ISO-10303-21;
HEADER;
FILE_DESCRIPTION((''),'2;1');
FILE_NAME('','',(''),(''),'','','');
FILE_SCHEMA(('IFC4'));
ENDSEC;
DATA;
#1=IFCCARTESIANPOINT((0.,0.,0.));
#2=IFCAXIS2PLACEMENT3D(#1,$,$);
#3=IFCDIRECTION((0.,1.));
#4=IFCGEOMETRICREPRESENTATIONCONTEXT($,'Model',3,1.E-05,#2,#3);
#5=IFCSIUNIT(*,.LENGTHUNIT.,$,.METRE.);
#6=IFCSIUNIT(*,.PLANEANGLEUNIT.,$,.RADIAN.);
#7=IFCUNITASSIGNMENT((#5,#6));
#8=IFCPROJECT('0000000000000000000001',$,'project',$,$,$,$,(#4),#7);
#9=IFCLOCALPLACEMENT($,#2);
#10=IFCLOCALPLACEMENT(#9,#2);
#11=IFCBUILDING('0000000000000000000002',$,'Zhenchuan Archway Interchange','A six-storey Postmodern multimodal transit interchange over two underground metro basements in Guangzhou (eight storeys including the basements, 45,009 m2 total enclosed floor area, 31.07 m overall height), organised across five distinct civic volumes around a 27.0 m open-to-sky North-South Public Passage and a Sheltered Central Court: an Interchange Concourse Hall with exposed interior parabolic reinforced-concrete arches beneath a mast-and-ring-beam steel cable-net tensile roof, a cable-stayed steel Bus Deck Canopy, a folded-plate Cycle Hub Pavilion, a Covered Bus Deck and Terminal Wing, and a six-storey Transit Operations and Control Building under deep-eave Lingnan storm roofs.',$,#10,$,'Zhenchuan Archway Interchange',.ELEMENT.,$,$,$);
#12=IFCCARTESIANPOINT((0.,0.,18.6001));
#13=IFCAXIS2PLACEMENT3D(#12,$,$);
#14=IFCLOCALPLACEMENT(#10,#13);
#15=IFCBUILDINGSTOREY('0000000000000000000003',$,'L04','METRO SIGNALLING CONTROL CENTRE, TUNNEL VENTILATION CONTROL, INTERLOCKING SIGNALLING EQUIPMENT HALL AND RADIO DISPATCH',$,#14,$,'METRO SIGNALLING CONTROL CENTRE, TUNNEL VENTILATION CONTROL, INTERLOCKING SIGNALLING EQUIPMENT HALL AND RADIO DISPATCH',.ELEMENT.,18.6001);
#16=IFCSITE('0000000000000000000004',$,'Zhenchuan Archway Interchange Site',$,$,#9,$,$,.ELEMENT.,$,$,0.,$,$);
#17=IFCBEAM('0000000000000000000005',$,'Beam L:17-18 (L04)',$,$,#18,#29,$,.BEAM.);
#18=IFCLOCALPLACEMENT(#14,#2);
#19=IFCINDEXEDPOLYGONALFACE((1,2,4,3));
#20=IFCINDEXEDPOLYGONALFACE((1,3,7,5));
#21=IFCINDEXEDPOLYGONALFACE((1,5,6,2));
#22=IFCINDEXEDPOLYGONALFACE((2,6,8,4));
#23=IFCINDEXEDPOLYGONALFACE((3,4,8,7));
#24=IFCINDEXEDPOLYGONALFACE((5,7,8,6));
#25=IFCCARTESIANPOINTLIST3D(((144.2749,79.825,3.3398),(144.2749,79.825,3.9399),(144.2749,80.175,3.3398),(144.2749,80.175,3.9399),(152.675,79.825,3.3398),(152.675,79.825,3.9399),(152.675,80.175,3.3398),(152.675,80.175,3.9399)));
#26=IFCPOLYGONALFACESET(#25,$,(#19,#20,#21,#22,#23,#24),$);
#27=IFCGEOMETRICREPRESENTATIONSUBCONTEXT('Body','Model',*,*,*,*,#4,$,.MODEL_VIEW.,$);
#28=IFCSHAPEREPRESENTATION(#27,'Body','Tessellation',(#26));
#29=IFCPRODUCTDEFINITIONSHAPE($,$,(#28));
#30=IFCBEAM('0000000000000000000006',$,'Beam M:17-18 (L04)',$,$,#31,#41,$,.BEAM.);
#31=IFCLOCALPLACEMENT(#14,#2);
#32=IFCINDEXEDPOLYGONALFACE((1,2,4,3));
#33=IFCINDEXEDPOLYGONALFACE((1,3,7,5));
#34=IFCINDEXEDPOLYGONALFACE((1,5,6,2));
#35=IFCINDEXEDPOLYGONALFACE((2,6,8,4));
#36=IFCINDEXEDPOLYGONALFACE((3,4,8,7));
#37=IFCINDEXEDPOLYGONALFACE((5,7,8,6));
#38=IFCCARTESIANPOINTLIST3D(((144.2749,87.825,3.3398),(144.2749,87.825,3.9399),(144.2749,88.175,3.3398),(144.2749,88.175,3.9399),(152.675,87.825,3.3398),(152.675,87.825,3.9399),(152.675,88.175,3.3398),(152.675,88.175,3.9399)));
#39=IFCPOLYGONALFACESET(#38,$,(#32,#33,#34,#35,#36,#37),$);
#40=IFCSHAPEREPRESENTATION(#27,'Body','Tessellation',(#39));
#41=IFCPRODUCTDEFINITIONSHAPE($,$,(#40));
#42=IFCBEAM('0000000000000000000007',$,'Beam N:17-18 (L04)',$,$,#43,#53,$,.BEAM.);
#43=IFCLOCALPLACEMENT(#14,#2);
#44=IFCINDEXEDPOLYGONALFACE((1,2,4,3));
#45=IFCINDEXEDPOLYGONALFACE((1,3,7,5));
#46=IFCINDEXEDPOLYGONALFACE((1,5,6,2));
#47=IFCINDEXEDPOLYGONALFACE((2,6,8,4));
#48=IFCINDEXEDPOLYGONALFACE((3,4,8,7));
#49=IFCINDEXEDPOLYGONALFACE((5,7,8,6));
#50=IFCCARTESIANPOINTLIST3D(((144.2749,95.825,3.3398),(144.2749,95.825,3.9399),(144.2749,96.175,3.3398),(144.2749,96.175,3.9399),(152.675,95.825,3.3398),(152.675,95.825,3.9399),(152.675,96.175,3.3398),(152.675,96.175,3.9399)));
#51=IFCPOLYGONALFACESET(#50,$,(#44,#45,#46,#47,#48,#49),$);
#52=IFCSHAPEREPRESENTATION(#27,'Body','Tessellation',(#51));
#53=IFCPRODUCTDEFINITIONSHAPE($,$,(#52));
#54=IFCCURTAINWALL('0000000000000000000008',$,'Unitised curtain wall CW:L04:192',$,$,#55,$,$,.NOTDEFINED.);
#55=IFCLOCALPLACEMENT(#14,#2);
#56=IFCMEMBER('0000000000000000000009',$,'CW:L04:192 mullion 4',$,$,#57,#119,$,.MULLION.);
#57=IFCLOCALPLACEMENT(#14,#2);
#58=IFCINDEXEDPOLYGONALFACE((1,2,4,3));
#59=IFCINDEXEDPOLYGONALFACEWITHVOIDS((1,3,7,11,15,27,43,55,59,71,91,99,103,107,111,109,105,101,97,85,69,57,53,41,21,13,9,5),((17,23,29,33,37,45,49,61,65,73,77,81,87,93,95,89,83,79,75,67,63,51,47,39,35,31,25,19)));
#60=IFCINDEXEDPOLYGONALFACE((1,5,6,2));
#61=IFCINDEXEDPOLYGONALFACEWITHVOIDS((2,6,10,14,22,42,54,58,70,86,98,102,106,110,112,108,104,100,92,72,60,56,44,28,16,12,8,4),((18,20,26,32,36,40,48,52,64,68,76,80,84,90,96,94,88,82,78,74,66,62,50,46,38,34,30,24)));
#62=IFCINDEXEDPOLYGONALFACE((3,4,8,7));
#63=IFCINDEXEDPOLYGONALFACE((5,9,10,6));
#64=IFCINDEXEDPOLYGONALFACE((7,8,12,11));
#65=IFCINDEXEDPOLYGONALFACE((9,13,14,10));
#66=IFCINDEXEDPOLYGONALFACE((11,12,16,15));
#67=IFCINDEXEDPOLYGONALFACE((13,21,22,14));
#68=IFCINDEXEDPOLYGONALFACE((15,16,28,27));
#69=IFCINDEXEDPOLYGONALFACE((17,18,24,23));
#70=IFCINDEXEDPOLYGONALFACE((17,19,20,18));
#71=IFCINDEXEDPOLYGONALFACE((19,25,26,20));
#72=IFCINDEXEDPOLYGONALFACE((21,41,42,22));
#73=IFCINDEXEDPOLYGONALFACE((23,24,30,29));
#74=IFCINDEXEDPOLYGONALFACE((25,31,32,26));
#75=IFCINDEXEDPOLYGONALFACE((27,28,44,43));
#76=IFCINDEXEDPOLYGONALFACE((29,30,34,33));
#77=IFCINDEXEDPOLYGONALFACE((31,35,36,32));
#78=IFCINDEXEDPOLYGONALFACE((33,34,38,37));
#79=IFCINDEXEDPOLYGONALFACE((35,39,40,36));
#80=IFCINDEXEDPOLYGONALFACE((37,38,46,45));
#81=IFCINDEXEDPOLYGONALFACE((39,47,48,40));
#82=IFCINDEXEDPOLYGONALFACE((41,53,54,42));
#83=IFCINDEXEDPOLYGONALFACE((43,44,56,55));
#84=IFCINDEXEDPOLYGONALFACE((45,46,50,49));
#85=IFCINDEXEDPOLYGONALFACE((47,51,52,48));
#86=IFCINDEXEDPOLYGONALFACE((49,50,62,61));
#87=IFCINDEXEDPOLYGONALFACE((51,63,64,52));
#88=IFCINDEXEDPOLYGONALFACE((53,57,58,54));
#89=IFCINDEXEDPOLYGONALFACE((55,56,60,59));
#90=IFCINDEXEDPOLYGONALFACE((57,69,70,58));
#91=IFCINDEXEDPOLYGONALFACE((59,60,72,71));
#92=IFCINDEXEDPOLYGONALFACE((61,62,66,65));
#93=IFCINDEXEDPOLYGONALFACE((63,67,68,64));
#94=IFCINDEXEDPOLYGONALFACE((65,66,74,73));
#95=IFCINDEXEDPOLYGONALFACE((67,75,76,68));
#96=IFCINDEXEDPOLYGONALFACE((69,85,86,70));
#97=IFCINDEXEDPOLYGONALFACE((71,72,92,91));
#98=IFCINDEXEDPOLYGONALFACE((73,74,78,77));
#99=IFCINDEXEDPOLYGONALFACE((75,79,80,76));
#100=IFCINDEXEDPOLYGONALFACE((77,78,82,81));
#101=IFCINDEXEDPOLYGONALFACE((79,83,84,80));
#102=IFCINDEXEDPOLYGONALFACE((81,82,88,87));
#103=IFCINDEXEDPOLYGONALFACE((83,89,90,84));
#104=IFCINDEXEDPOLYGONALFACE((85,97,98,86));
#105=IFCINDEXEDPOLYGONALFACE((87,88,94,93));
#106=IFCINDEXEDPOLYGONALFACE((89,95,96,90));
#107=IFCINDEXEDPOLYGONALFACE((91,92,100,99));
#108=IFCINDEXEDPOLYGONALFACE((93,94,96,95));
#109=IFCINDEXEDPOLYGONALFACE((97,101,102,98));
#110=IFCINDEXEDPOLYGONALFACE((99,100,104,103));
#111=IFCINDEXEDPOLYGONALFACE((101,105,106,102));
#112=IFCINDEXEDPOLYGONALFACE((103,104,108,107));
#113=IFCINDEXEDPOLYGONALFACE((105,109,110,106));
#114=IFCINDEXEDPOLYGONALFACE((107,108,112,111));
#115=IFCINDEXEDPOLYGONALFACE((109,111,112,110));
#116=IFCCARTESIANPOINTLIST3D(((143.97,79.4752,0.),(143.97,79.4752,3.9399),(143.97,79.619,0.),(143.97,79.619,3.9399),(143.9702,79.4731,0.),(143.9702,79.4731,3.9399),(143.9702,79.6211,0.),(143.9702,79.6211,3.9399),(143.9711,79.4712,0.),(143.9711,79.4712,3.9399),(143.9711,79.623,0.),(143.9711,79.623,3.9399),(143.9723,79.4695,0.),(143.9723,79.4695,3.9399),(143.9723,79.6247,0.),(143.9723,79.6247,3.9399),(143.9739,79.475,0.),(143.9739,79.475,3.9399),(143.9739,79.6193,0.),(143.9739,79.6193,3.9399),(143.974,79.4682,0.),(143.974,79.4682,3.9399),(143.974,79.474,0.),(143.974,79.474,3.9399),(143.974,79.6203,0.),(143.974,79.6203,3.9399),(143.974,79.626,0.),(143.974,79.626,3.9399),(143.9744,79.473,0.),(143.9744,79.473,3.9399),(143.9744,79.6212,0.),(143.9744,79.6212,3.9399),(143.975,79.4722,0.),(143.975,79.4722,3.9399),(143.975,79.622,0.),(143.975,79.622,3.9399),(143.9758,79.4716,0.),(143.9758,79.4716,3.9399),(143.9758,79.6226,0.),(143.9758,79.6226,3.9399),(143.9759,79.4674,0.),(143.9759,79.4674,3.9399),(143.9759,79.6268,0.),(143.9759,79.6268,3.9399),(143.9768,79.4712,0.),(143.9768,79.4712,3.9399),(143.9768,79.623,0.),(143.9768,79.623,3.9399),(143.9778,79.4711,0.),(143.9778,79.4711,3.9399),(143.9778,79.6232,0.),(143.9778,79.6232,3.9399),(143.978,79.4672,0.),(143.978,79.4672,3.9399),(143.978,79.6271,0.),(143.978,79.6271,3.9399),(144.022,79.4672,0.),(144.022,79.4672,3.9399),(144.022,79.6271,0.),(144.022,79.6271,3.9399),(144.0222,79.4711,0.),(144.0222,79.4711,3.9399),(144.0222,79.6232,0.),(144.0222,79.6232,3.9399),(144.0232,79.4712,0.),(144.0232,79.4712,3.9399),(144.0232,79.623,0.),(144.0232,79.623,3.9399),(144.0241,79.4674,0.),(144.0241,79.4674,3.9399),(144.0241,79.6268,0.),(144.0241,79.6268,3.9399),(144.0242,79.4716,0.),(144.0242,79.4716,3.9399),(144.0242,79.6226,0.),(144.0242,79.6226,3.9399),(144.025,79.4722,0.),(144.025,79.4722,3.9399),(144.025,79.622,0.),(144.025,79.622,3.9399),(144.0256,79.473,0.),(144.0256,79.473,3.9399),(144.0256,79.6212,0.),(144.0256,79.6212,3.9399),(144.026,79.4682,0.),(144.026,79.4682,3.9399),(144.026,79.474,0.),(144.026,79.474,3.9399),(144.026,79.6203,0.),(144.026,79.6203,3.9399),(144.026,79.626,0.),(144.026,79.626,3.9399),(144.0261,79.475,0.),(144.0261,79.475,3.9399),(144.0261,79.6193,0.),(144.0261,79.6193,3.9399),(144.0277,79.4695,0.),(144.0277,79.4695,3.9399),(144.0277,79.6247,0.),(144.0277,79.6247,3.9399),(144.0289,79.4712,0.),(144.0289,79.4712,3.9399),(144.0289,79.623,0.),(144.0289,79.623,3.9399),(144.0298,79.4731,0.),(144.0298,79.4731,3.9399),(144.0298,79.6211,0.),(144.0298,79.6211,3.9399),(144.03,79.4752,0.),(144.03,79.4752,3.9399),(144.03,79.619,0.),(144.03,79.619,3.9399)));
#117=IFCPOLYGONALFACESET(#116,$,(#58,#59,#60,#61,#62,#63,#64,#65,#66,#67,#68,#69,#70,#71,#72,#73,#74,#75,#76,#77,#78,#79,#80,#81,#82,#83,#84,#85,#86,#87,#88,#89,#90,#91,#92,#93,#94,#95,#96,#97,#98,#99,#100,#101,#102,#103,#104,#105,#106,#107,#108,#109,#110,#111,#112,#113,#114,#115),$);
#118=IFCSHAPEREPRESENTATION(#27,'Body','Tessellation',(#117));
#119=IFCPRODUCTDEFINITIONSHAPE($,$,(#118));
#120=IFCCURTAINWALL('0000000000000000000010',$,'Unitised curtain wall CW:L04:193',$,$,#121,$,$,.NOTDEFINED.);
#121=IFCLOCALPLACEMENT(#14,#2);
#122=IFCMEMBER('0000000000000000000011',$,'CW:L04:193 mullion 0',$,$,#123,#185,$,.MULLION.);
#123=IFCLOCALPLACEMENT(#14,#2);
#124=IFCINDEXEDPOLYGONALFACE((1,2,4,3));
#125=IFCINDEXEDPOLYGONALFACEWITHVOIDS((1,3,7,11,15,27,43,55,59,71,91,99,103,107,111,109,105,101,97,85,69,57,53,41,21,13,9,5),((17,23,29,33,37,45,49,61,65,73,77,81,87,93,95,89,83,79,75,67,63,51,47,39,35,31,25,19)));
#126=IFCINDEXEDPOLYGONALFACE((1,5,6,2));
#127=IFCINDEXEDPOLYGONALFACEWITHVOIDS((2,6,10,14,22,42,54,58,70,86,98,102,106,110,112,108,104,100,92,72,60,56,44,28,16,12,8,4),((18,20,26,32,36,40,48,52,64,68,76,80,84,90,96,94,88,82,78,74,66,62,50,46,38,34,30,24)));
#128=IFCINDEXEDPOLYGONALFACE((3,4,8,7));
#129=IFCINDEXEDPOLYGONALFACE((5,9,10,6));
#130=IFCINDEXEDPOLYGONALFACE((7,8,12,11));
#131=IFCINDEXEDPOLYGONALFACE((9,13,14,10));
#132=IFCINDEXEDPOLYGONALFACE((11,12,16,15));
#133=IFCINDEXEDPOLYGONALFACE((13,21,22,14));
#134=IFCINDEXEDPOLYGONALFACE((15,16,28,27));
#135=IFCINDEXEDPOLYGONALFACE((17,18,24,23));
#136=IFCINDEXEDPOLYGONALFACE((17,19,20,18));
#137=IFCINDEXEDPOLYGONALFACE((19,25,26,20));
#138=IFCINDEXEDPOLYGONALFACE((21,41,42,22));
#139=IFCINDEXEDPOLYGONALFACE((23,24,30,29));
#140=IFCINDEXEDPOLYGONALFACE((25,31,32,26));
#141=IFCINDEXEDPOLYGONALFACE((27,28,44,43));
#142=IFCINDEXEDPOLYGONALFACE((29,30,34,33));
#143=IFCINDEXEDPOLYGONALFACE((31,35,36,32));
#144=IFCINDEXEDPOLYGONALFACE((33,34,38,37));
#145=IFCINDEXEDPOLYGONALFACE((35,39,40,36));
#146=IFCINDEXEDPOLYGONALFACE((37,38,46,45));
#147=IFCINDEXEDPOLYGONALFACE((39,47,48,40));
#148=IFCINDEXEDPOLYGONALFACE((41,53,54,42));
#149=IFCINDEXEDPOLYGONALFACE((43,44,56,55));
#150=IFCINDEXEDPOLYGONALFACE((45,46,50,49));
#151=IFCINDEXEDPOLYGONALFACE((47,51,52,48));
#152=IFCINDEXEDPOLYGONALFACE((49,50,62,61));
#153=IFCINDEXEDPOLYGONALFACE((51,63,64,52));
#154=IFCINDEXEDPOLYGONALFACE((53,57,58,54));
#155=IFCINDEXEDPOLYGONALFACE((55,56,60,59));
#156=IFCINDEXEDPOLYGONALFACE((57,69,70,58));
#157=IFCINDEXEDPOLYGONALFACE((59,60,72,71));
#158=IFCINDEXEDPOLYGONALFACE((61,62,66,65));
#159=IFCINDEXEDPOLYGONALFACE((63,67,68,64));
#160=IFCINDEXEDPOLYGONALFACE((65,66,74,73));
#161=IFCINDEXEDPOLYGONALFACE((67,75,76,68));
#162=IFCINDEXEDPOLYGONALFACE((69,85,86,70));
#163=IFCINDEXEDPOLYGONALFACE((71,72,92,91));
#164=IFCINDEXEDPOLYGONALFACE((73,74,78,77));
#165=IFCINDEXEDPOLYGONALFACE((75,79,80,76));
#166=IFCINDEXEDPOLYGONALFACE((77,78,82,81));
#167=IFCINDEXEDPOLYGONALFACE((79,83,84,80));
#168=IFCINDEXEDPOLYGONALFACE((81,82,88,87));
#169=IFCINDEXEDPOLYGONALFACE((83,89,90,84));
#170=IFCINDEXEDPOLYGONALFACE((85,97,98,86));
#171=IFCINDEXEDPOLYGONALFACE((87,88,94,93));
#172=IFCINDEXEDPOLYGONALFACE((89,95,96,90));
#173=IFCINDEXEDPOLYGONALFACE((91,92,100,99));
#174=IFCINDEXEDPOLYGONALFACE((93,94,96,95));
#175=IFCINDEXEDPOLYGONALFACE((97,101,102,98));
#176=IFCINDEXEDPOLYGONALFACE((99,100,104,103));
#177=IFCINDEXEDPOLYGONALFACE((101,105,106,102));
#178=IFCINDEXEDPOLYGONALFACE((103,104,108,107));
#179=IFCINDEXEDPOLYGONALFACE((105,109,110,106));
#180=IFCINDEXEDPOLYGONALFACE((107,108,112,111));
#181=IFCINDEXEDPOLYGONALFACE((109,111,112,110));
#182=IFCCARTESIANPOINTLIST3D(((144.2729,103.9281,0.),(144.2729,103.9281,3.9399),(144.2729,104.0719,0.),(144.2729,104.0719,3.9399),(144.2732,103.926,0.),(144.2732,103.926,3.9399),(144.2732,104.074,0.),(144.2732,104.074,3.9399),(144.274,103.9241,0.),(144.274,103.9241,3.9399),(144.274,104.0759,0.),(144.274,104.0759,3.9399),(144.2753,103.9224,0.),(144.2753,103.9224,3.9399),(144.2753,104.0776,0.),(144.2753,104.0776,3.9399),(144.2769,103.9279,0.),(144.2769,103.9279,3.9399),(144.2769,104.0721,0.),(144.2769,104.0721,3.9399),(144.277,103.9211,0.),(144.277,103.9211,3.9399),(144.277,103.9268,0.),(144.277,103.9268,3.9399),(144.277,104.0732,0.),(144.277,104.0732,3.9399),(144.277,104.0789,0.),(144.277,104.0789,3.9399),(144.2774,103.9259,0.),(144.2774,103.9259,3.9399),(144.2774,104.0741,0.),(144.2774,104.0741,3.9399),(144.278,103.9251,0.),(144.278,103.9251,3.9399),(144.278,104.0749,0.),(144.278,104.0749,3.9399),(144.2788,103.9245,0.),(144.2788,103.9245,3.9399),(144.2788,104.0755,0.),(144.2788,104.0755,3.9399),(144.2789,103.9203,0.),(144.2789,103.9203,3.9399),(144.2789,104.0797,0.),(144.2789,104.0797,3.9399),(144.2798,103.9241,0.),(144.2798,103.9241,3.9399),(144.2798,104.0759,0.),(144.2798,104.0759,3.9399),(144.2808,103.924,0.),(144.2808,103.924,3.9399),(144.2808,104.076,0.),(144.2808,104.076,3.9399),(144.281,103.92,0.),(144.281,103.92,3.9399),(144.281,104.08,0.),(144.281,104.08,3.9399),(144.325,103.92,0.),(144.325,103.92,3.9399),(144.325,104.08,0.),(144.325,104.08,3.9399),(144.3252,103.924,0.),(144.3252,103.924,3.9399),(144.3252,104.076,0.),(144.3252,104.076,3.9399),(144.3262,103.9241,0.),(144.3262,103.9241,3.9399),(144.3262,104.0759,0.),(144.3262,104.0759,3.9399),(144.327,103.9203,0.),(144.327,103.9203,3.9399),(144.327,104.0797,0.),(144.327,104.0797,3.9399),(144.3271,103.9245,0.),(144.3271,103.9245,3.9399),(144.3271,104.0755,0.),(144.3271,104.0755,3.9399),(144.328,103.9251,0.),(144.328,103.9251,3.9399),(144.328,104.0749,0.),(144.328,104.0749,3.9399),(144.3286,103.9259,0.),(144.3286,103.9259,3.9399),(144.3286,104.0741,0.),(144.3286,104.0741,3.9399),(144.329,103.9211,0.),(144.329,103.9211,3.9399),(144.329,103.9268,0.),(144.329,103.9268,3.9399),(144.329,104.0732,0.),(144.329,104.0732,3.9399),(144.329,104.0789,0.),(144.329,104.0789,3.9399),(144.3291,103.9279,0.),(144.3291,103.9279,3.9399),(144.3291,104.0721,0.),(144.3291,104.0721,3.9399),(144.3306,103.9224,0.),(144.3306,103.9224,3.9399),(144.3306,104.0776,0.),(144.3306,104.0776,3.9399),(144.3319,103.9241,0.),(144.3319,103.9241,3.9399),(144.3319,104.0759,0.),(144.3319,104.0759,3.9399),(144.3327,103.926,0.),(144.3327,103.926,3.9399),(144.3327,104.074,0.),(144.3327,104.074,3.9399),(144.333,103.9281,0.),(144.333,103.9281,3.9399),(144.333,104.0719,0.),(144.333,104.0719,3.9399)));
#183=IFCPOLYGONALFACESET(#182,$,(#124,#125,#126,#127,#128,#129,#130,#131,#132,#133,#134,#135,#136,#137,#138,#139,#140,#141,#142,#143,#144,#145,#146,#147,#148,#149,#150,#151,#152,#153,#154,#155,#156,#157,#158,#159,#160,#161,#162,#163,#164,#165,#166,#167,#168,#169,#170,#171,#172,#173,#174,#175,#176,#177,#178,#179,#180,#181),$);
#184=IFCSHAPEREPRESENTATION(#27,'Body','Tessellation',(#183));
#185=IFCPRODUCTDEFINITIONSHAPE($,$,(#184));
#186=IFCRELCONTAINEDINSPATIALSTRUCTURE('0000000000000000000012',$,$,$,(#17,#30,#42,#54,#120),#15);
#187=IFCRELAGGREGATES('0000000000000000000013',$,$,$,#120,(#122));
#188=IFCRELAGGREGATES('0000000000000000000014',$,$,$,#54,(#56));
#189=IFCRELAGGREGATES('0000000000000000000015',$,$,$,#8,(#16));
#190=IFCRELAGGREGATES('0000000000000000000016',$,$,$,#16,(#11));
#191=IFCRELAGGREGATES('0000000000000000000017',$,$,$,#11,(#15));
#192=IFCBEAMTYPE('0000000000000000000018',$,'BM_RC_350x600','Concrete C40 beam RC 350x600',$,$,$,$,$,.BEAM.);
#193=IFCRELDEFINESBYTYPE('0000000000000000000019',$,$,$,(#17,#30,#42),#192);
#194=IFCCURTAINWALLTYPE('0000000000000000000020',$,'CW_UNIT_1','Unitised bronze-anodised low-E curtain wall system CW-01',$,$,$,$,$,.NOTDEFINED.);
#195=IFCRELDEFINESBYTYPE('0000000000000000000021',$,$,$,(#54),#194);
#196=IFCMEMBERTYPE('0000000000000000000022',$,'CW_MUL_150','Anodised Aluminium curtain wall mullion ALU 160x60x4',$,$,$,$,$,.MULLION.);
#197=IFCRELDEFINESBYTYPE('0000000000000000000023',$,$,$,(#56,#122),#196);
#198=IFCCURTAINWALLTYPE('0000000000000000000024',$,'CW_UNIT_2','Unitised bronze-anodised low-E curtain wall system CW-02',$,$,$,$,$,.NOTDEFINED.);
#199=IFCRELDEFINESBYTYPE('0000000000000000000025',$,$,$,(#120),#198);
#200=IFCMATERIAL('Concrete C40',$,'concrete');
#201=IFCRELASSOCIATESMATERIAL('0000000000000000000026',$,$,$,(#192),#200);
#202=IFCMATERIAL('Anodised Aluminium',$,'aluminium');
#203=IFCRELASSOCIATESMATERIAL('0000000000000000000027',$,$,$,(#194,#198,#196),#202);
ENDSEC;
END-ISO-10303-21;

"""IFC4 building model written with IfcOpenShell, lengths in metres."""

from ifc_helpers import new_model, si_unit, direction, frame, origin, origin_2d, place, context, subcontext, project, spatial, rectangle, hollow_rectangle, extrude, material, material_profile, profile_set, type_object, element, aggregate, save


model = new_model("IFC4")

# Units and contexts
model_context = context("Model", 3, precision=1e-05, world=origin(), true_north=direction((0.0, 1.0)))
body_context = subcontext(model_context, "Body", "Model", "MODEL_VIEW")
ifc_project = project(units=[si_unit("LENGTHUNIT", "METRE"), si_unit("PLANEANGLEUNIT", "RADIAN")], contexts=[model_context])

# Site, building, storey
site_placement = place(None, origin())
site = spatial("IfcSite", under=ifc_project, at=site_placement, Name="Zhenchuan Archway Interchange Site", CompositionType="ELEMENT", RefElevation=0.0)
building_placement = place(site_placement, origin())
building = spatial("IfcBuilding", under=site, at=building_placement, Name="Zhenchuan Archway Interchange", Description="A six-storey Postmodern multimodal transit interchange over two underground metro basements in Guangzhou (eight storeys including the basements, 45,009 m2 total enclosed floor area, 31.07 m overall height), organised across five distinct civic volumes around a 27.0 m open-to-sky North-South Public Passage and a Sheltered Central Court: an Interchange Concourse Hall with exposed interior parabolic reinforced-concrete arches beneath a mast-and-ring-beam steel cable-net tensile roof, a cable-stayed steel Bus Deck Canopy, a folded-plate Cycle Hub Pavilion, a Covered Bus Deck and Terminal Wing, and a six-storey Transit Operations and Control Building under deep-eave Lingnan storm roofs.", LongName="Zhenchuan Archway Interchange", CompositionType="ELEMENT")
storey_placement = place(building_placement, frame((0.0, 0.0, 18.6001)))
storey = spatial("IfcBuildingStorey", under=building, at=storey_placement, Name="L04", Description="METRO SIGNALLING CONTROL CENTRE, TUNNEL VENTILATION CONTROL, INTERLOCKING SIGNALLING EQUIPMENT HALL AND RADIO DISPATCH", LongName="METRO SIGNALLING CONTROL CENTRE, TUNNEL VENTILATION CONTROL, INTERLOCKING SIGNALLING EQUIPMENT HALL AND RADIO DISPATCH", CompositionType="ELEMENT", Elevation=18.6001)

# Beams
ifc_material_1 = material(Name="Concrete C40", Category="concrete")
ifc_material_profile_1 = material_profile(ifc_material_1, rectangle(XDim=0.3501, YDim=0.6001, at=origin_2d()), Name="RC 350x600")
ifc_profile_set_1 = profile_set([ifc_material_profile_1], Name="Concrete C40")
beam_type_1 = type_object("IfcBeamType", Name="BM_RC_350x600", Description="Concrete C40 beam RC 350x600", PredefinedType="BEAM", material=ifc_profile_set_1)
for number, where, z_axis, x_axis, name in (
    (1, (144.2749, 80.0, 3.6399), (1.0, 0.0, 0.0), (0.0, 1.0, 0.0), "Beam L:17-18 (L04)"),
    (2, (144.2749, 88.0, 3.6399), (1.0, 0.0, 0.0), (0.0, 1.0, 0.0), "Beam M:17-18 (L04)"),
    (3, (144.2749, 96.0, 3.6399), (1.0, 0.0, 0.0), (0.0, 1.0, 0.0), "Beam N:17-18 (L04)"),
):
    element("IfcBeam", number, at=place(storey_placement, frame(where, z_axis=z_axis, x_axis=x_axis)), inside=storey, type_object=beam_type_1, Name=name, PredefinedType="BEAM", context=body_context, shape_type="SweptSolid", body=[
        extrude(rectangle(XDim=0.3501, YDim=0.6001, at=origin_2d()), origin(), (0.0, 0.0, 1.0), 8.4001),
    ])

# Curtain walls, members
ifc_material_2 = material(Name="Anodised Aluminium", Category="aluminium")
curtain_wall_type_1 = type_object("IfcCurtainWallType", Name="CW_UNIT_1", Description="Unitised bronze-anodised low-E curtain wall system CW-01", PredefinedType="NOTDEFINED", material=ifc_material_2)
curtain_wall_1_placement = place(storey_placement, origin())
curtain_wall_1 = element("IfcCurtainWall", 4, at=curtain_wall_1_placement, inside=storey, type_object=curtain_wall_type_1, Name="Unitised curtain wall CW:L04:192", PredefinedType="NOTDEFINED")
ifc_material_profile_2 = material_profile(ifc_material_2, hollow_rectangle(XDim=0.0601, YDim=0.1599, WallThickness=0.0039, InnerFilletRadius=0.0039, OuterFilletRadius=0.0081, at=origin_2d()), Name="ALU 160x60x4")
ifc_profile_set_2 = profile_set([ifc_material_profile_2], Name="Anodised Aluminium")
member_type_1 = type_object("IfcMemberType", Name="CW_MUL_150", Description="Anodised Aluminium curtain wall mullion ALU 160x60x4", PredefinedType="MULLION", material=ifc_profile_set_2)
member_1_placement = place(storey_placement, frame((144.0, 79.5471, 0.0), z_axis=(0.0, 0.0, 1.0), x_axis=(1.0, 0.0, 0.0)))
member_1 = element("IfcMember", 5, at=member_1_placement, type_object=member_type_1, Name="CW:L04:192 mullion 4", PredefinedType="MULLION", context=body_context, shape_type="SweptSolid", body=[
    extrude(hollow_rectangle(XDim=0.0601, YDim=0.1599, WallThickness=0.0039, InnerFilletRadius=0.0039, OuterFilletRadius=0.0081, at=origin_2d()), origin(), (0.0, 0.0, 1.0), 3.9399),
])
curtain_wall_type_2 = type_object("IfcCurtainWallType", Name="CW_UNIT_2", Description="Unitised bronze-anodised low-E curtain wall system CW-02", PredefinedType="NOTDEFINED", material=ifc_material_2)
curtain_wall_2_placement = place(storey_placement, origin())
curtain_wall_2 = element("IfcCurtainWall", 6, at=curtain_wall_2_placement, inside=storey, type_object=curtain_wall_type_2, Name="Unitised curtain wall CW:L04:193", PredefinedType="NOTDEFINED")
member_2_placement = place(storey_placement, frame((144.303, 104.0, 0.0), z_axis=(0.0, 0.0, 1.0), x_axis=(1.0, 0.0, 0.0)))
member_2 = element("IfcMember", 7, at=member_2_placement, type_object=member_type_1, Name="CW:L04:193 mullion 0", PredefinedType="MULLION", context=body_context, shape_type="SweptSolid", body=[
    extrude(hollow_rectangle(XDim=0.0601, YDim=0.1599, WallThickness=0.0039, InnerFilletRadius=0.0039, OuterFilletRadius=0.0081, at=origin_2d()), origin(), (0.0, 0.0, 1.0), 3.9399),
])

aggregate(curtain_wall_2, [member_2])
aggregate(curtain_wall_1, [member_1])

save(model, "model.ifc")
